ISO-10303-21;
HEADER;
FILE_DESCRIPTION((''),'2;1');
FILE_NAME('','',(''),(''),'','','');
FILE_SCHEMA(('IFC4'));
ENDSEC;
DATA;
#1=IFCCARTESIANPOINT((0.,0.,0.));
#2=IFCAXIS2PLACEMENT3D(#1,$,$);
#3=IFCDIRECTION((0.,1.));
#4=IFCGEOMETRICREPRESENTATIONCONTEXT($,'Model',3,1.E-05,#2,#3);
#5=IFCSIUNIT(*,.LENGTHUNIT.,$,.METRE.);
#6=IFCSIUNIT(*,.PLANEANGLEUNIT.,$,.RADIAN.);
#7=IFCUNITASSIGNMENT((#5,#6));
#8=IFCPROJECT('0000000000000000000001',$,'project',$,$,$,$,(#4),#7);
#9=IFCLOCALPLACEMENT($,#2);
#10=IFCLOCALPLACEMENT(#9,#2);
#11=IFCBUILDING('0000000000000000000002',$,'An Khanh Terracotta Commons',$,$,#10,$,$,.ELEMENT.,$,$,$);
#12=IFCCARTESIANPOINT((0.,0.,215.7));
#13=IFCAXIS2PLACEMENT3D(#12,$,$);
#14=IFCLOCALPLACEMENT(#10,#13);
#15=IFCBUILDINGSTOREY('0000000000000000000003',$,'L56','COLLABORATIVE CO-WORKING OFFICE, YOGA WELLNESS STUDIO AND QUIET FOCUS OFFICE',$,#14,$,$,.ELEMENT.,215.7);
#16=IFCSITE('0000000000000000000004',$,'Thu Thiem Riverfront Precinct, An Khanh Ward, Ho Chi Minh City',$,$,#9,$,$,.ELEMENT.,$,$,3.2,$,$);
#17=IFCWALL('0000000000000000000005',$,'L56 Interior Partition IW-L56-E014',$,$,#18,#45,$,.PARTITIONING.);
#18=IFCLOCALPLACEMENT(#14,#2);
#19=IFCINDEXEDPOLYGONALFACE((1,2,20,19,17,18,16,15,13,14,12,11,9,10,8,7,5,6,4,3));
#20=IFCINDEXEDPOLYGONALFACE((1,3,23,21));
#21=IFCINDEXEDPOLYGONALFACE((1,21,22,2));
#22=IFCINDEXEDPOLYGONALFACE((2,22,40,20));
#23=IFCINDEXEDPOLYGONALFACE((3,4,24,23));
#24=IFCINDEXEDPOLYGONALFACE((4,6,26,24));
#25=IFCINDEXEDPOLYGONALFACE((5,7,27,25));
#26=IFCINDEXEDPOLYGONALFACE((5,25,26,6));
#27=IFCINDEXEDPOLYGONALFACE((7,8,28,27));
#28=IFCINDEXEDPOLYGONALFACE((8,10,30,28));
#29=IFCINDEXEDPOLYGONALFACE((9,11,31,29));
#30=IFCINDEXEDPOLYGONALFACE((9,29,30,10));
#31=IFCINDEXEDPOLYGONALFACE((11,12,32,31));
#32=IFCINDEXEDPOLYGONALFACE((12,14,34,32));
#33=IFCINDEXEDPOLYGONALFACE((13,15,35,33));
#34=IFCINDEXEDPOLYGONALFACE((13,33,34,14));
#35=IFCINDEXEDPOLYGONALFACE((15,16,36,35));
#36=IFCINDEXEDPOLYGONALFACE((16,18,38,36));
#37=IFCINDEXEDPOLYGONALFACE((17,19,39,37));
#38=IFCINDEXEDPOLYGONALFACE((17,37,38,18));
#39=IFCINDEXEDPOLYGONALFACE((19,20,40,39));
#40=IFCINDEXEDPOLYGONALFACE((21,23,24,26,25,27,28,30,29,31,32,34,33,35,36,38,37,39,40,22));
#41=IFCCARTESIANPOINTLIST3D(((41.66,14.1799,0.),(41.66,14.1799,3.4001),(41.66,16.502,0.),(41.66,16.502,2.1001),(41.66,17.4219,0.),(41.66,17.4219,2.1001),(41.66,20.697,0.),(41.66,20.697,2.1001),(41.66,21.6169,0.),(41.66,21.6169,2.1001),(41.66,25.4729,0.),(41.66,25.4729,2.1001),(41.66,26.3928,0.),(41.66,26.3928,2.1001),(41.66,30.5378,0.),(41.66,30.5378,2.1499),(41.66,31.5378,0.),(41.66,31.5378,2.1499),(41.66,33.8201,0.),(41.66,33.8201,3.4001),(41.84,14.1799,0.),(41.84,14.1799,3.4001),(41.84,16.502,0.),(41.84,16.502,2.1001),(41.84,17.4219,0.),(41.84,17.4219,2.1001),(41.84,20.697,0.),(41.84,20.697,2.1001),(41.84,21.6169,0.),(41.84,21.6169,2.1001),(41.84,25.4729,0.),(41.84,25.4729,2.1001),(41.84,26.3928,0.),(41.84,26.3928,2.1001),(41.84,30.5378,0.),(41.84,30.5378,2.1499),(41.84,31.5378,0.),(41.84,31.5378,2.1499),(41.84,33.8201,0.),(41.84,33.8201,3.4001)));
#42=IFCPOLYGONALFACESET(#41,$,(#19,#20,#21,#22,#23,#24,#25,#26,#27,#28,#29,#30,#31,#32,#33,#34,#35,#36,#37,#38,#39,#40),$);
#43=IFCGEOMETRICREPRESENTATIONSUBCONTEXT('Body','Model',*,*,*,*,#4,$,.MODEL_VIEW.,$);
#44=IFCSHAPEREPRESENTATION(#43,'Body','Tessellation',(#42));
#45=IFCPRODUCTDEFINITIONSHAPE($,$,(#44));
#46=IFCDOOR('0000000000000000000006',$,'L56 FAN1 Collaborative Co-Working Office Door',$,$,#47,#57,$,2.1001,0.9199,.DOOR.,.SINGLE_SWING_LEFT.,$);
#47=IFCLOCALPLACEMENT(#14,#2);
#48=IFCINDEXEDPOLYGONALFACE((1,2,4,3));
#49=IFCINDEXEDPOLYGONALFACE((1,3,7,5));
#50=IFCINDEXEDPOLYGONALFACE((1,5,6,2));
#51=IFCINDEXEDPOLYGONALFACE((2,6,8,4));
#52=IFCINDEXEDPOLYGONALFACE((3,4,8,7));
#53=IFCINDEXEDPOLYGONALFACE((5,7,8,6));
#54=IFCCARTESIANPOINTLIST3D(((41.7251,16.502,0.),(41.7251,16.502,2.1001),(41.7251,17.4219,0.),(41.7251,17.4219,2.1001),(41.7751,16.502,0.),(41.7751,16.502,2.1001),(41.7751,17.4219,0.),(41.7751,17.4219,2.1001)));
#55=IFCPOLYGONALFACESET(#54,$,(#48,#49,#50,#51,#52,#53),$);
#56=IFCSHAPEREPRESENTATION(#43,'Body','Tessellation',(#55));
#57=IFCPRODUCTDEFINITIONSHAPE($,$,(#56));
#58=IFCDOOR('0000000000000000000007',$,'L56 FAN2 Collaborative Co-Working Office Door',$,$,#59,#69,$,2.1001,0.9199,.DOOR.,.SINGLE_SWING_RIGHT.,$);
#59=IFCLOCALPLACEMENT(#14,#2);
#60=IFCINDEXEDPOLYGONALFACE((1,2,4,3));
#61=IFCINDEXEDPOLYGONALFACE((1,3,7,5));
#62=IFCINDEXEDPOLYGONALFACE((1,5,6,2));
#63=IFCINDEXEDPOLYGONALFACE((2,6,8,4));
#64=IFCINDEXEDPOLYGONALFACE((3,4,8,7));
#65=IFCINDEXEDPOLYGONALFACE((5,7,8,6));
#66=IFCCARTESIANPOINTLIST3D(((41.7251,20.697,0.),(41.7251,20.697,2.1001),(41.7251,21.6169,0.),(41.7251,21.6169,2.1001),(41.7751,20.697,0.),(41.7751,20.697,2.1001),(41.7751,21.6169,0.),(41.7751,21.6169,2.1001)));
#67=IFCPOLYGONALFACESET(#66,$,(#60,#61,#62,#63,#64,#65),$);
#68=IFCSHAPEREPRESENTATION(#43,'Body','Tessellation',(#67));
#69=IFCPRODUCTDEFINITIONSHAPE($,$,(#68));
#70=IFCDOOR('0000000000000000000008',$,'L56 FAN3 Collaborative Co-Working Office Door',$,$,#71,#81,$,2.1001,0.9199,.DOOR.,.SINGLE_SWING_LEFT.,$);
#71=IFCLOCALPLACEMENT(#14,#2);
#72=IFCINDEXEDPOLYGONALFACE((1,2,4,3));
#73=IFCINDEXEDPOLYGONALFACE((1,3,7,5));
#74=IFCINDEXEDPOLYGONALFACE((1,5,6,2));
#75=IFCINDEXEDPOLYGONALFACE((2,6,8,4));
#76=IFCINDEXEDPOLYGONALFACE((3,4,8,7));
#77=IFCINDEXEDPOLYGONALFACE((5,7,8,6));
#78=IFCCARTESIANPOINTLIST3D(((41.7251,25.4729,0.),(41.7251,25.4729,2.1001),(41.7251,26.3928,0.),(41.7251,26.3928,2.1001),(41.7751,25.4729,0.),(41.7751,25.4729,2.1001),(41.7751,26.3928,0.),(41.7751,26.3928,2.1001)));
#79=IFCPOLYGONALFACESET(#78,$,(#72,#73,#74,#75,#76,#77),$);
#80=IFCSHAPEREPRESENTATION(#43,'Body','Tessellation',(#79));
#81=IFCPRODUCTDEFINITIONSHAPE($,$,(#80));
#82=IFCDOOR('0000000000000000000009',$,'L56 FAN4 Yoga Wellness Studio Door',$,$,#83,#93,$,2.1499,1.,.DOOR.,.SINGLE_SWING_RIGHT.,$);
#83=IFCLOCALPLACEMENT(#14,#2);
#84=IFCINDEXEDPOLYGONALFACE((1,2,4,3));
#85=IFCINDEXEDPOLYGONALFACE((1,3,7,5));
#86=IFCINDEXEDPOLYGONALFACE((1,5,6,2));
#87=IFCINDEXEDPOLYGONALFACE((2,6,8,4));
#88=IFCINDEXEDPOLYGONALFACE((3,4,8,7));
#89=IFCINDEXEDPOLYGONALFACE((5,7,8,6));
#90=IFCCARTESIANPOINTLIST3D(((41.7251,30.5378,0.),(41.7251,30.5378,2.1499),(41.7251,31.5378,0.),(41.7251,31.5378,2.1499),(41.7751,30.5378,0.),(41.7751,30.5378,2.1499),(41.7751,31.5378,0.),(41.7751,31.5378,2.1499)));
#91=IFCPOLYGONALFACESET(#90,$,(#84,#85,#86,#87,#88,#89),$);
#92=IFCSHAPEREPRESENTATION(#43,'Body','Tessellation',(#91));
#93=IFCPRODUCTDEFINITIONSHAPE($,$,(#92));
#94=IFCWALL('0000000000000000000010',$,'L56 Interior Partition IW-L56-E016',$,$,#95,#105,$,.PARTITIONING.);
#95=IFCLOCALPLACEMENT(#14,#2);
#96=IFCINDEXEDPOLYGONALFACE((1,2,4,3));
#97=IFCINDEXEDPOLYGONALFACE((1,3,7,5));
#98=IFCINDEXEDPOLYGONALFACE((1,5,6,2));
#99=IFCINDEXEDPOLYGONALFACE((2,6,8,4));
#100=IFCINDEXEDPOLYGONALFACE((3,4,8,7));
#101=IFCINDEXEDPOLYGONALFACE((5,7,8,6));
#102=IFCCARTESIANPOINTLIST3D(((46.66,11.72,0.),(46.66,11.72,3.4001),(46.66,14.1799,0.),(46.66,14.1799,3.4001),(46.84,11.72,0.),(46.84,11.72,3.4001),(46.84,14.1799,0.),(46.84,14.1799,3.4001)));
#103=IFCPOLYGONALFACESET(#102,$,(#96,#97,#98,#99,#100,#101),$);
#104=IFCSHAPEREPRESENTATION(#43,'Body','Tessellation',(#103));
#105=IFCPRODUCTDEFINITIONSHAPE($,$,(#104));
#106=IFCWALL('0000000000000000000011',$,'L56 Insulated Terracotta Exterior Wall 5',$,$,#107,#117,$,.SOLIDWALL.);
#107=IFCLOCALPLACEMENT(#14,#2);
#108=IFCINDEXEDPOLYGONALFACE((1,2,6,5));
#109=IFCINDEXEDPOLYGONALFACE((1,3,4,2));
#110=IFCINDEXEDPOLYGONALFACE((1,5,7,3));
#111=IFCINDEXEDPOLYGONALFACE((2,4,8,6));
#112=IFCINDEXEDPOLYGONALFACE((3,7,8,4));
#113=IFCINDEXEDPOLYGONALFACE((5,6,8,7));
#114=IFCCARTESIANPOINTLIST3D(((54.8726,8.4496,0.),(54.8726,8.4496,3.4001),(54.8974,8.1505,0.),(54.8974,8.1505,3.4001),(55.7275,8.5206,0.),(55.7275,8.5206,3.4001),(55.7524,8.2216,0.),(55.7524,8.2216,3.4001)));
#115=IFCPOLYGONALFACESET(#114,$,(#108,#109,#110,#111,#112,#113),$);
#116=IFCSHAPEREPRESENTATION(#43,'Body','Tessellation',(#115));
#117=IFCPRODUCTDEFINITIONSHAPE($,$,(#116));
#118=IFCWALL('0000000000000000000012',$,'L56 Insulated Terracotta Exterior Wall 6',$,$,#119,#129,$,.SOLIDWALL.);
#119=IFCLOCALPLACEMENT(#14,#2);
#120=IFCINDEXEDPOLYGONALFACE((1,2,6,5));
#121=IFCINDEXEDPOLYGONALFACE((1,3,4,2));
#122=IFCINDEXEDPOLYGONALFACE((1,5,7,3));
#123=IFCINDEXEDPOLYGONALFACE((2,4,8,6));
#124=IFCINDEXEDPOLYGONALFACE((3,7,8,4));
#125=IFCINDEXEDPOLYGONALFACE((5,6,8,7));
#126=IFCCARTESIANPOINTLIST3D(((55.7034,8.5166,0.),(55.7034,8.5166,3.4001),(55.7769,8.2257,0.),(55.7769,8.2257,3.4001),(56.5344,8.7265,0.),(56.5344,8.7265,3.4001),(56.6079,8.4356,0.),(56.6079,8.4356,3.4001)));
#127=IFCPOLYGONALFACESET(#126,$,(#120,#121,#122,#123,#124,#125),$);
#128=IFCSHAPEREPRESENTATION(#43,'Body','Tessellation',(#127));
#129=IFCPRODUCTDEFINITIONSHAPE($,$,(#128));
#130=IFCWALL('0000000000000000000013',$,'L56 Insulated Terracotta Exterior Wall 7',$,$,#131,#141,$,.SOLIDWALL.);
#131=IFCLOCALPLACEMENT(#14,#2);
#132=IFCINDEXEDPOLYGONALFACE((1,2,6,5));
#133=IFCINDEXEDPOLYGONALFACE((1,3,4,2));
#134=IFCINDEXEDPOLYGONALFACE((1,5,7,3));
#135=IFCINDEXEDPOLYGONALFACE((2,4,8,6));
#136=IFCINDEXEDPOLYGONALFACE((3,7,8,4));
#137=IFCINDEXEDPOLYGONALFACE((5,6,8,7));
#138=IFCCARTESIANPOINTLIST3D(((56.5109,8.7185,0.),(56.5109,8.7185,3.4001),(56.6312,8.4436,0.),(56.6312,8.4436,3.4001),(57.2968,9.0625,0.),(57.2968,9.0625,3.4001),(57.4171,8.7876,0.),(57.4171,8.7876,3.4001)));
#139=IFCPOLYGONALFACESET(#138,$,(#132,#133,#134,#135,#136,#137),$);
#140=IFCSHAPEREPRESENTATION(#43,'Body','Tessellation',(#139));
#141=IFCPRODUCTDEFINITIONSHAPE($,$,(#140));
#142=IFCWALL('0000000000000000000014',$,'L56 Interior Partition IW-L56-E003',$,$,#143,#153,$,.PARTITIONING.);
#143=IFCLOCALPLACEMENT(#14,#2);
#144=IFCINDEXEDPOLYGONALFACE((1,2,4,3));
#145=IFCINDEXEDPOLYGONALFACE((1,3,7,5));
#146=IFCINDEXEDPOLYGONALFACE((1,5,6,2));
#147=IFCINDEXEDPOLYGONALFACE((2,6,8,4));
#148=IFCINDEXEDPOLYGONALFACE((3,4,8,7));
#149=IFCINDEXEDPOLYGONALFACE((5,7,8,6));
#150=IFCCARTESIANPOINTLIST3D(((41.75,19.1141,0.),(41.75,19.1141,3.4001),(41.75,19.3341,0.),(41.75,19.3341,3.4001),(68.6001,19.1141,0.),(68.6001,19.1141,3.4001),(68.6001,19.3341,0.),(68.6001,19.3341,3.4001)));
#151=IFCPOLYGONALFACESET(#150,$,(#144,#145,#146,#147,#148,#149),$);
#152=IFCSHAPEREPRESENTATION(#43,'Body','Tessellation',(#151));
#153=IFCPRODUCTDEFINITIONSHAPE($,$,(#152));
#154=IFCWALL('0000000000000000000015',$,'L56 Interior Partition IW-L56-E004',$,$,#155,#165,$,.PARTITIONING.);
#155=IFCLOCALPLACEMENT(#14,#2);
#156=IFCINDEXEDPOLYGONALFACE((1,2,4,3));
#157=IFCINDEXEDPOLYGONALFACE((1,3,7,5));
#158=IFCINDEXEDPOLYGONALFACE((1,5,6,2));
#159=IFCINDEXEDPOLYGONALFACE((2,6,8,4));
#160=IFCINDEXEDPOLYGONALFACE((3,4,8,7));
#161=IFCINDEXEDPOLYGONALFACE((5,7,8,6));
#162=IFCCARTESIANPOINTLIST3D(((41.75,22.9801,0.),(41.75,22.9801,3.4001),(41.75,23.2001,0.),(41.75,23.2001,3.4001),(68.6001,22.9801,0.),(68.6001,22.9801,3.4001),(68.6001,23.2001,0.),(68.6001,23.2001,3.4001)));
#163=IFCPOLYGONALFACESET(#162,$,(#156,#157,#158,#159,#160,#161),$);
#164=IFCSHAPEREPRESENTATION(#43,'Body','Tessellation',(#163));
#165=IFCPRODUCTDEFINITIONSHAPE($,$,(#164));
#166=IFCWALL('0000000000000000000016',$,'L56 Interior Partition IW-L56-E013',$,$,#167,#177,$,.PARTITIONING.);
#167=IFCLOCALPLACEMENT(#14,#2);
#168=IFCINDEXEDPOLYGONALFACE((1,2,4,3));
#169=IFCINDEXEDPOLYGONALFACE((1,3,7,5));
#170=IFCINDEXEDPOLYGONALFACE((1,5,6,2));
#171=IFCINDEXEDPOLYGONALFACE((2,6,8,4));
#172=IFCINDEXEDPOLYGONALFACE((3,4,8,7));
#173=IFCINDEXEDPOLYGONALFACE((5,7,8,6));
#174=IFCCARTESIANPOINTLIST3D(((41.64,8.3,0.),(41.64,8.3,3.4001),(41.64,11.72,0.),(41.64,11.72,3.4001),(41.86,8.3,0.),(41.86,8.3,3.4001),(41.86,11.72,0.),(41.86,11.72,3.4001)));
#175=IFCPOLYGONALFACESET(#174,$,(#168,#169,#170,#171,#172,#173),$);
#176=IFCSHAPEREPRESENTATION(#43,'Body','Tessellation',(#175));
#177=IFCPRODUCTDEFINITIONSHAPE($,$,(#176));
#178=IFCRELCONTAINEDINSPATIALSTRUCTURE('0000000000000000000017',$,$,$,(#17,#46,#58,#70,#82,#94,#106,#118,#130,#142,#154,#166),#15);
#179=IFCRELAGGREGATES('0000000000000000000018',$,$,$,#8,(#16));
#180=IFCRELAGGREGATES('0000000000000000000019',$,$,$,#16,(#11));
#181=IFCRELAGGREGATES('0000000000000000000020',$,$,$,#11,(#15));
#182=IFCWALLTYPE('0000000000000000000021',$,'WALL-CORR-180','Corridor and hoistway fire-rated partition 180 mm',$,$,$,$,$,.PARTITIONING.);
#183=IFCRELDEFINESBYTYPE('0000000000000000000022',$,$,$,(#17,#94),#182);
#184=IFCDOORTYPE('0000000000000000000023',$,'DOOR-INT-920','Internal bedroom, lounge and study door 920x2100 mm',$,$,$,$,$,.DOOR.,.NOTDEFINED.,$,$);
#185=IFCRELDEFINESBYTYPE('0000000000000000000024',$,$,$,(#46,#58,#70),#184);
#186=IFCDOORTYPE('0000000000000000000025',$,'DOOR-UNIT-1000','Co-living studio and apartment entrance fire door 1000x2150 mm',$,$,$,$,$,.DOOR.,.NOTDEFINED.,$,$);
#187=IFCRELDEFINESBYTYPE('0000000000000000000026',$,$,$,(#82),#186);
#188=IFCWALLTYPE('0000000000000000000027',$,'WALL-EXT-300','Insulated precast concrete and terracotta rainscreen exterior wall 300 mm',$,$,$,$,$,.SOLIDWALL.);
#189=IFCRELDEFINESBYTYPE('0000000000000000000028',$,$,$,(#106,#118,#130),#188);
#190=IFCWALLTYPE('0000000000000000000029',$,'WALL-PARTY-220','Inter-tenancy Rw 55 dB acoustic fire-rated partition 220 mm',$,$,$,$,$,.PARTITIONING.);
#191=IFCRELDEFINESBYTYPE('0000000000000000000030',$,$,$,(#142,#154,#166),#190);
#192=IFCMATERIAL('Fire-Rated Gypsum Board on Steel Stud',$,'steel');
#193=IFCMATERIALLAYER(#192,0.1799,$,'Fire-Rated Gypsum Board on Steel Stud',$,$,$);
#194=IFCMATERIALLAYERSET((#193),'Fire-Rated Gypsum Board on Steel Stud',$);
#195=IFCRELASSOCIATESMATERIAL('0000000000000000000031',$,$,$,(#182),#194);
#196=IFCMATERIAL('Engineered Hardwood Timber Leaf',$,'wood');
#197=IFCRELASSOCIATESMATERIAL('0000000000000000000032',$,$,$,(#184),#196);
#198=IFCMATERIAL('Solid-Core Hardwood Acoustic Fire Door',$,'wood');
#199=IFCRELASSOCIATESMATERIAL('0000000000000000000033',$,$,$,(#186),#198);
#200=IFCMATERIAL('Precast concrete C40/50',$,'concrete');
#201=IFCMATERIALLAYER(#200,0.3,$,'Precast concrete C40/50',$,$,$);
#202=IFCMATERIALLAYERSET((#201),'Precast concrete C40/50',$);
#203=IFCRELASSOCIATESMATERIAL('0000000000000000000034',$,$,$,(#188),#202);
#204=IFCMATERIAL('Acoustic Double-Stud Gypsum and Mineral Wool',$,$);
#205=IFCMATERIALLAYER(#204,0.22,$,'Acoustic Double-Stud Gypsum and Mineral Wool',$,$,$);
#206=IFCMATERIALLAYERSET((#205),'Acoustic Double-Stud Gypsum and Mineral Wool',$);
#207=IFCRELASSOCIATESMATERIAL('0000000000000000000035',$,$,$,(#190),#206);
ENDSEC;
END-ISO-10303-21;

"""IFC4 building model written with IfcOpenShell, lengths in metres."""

from ifc_helpers import new_model, si_unit, direction, frame, frame_2d, origin, place, context, subcontext, project, spatial, rectangle, extrude, material, layer, layer_set, type_object, element, fill, save


model = new_model("IFC4")

# Units and contexts
model_context = context("Model", 3, precision=1e-05, world=origin(), true_north=direction((0.0, 1.0)))
body_context = subcontext(model_context, "Body", "Model", "MODEL_VIEW")
ifc_project = project(units=[si_unit("LENGTHUNIT", "METRE"), si_unit("PLANEANGLEUNIT", "RADIAN")], contexts=[model_context])

# Site, building, storey
site_placement = place(None, origin())
site = spatial("IfcSite", under=ifc_project, at=site_placement, Name="Thu Thiem Riverfront Precinct, An Khanh Ward, Ho Chi Minh City", CompositionType="ELEMENT", RefElevation=3.2)
building_placement = place(site_placement, origin())
building = spatial("IfcBuilding", under=site, at=building_placement, Name="An Khanh Terracotta Commons", CompositionType="ELEMENT")
storey_placement = place(building_placement, frame((0.0, 0.0, 215.7)))
storey = spatial("IfcBuildingStorey", under=building, at=storey_placement, Name="L56", Description="COLLABORATIVE CO-WORKING OFFICE, YOGA WELLNESS STUDIO AND QUIET FOCUS OFFICE", CompositionType="ELEMENT", Elevation=215.7)

# Shared definitions
ifc_material_1 = material(Name="Fire-Rated Gypsum Board on Steel Stud", Category="steel")
ifc_layer_1 = layer(ifc_material_1, 0.1799, Name="Fire-Rated Gypsum Board on Steel Stud")
ifc_layer_set_1 = layer_set([ifc_layer_1], Name="Fire-Rated Gypsum Board on Steel Stud")
wall_type_1 = type_object("IfcWallType", Name="WALL-CORR-180", Description="Corridor and hoistway fire-rated partition 180 mm", PredefinedType="PARTITIONING", material=ifc_layer_set_1)

# Wall, openings, doors
wall_1_placement = place(storey_placement, frame((41.75, 14.1799, 0.0), z_axis=(0.0, 0.0, 1.0), x_axis=(0.0, 1.0, 0.0)))
wall_1 = element("IfcWall", 1, at=wall_1_placement, inside=storey, type_object=wall_type_1, Name="L56 Interior Partition IW-L56-E014", PredefinedType="PARTITIONING", context=body_context, shape_type="SweptSolid", body=[
    extrude(rectangle(XDim=19.6401, YDim=0.1799, at=frame_2d((9.8201, 0.0))), origin(), (0.0, 0.0, 1.0), 3.4001),
])
opening_1_placement = place(wall_1_placement, frame((2.322, 0.0, 0.0)))
opening_1 = element("IfcOpeningElement", 2, at=opening_1_placement, cuts=wall_1, PredefinedType="OPENING", context=body_context, shape_type="SweptSolid", body=[
    extrude(rectangle(XDim=0.9199, YDim=2.1001, at=frame_2d((0.46, 1.05))), frame((0.0, 0.0999, 0.0), z_axis=(0.0, -1.0, 0.0), x_axis=(1.0, 0.0, 0.0)), (0.0, 0.0, 1.0), 0.2),
])
opening_2_placement = place(wall_1_placement, frame((6.5171, 0.0, 0.0)))
opening_2 = element("IfcOpeningElement", 3, at=opening_2_placement, cuts=wall_1, PredefinedType="OPENING", context=body_context, shape_type="SweptSolid", body=[
    extrude(rectangle(XDim=0.9199, YDim=2.1001, at=frame_2d((0.46, 1.05))), frame((0.0, 0.0999, 0.0), z_axis=(0.0, -1.0, 0.0), x_axis=(1.0, 0.0, 0.0)), (0.0, 0.0, 1.0), 0.2),
])
opening_3_placement = place(wall_1_placement, frame((11.293, 0.0, 0.0)))
opening_3 = element("IfcOpeningElement", 4, at=opening_3_placement, cuts=wall_1, PredefinedType="OPENING", context=body_context, shape_type="SweptSolid", body=[
    extrude(rectangle(XDim=0.9199, YDim=2.1001, at=frame_2d((0.46, 1.05))), frame((0.0, 0.0999, 0.0), z_axis=(0.0, -1.0, 0.0), x_axis=(1.0, 0.0, 0.0)), (0.0, 0.0, 1.0), 0.2),
])
opening_4_placement = place(wall_1_placement, frame((16.3579, 0.0, 0.0)))
opening_4 = element("IfcOpeningElement", 5, at=opening_4_placement, cuts=wall_1, PredefinedType="OPENING", context=body_context, shape_type="SweptSolid", body=[
    extrude(rectangle(XDim=1.0, YDim=2.1499, at=frame_2d((0.5, 1.075))), frame((0.0, 0.0999, 0.0), z_axis=(0.0, -1.0, 0.0), x_axis=(1.0, 0.0, 0.0)), (0.0, 0.0, 1.0), 0.2),
])
ifc_material_2 = material(Name="Engineered Hardwood Timber Leaf", Category="wood")
door_type_1 = type_object("IfcDoorType", Name="DOOR-INT-920", Description="Internal bedroom, lounge and study door 920x2100 mm", OperationType="NOTDEFINED", PredefinedType="DOOR", material=ifc_material_2)
door_1_placement = place(opening_1_placement, origin())
door_1 = element("IfcDoor", 6, at=door_1_placement, inside=storey, type_object=door_type_1, Name="L56 FAN1 Collaborative Co-Working Office Door", OperationType="SINGLE_SWING_LEFT", OverallHeight=2.1001, OverallWidth=0.9199, PredefinedType="DOOR", context=body_context, shape_type="SweptSolid", body=[
    extrude(rectangle(XDim=0.9199, YDim=2.1001, at=frame_2d((0.46, 1.05))), frame((0.0, 0.0249, 0.0), z_axis=(0.0, -1.0, 0.0), x_axis=(1.0, 0.0, 0.0)), (0.0, 0.0, 1.0), 0.05),
])
fill(opening_1, door_1)
door_2_placement = place(opening_2_placement, origin())
door_2 = element("IfcDoor", 7, at=door_2_placement, inside=storey, type_object=door_type_1, Name="L56 FAN2 Collaborative Co-Working Office Door", OperationType="SINGLE_SWING_RIGHT", OverallHeight=2.1001, OverallWidth=0.9199, PredefinedType="DOOR", context=body_context, shape_type="SweptSolid", body=[
    extrude(rectangle(XDim=0.9199, YDim=2.1001, at=frame_2d((0.46, 1.05))), frame((0.0, 0.0249, 0.0), z_axis=(0.0, -1.0, 0.0), x_axis=(1.0, 0.0, 0.0)), (0.0, 0.0, 1.0), 0.05),
])
fill(opening_2, door_2)
door_3_placement = place(opening_3_placement, origin())
door_3 = element("IfcDoor", 8, at=door_3_placement, inside=storey, type_object=door_type_1, Name="L56 FAN3 Collaborative Co-Working Office Door", OperationType="SINGLE_SWING_LEFT", OverallHeight=2.1001, OverallWidth=0.9199, PredefinedType="DOOR", context=body_context, shape_type="SweptSolid", body=[
    extrude(rectangle(XDim=0.9199, YDim=2.1001, at=frame_2d((0.46, 1.05))), frame((0.0, 0.0249, 0.0), z_axis=(0.0, -1.0, 0.0), x_axis=(1.0, 0.0, 0.0)), (0.0, 0.0, 1.0), 0.05),
])
fill(opening_3, door_3)
ifc_material_3 = material(Name="Solid-Core Hardwood Acoustic Fire Door", Category="wood")
door_type_2 = type_object("IfcDoorType", Name="DOOR-UNIT-1000", Description="Co-living studio and apartment entrance fire door 1000x2150 mm", OperationType="NOTDEFINED", PredefinedType="DOOR", material=ifc_material_3)
door_4_placement = place(opening_4_placement, origin())
door_4 = element("IfcDoor", 9, at=door_4_placement, inside=storey, type_object=door_type_2, Name="L56 FAN4 Yoga Wellness Studio Door", OperationType="SINGLE_SWING_RIGHT", OverallHeight=2.1499, OverallWidth=1.0, PredefinedType="DOOR", context=body_context, shape_type="SweptSolid", body=[
    extrude(rectangle(XDim=1.0, YDim=2.1499, at=frame_2d((0.5, 1.075))), frame((0.0, 0.0249, 0.0), z_axis=(0.0, -1.0, 0.0), x_axis=(1.0, 0.0, 0.0)), (0.0, 0.0, 1.0), 0.05),
])
fill(opening_4, door_4)

# Walls
wall_2_placement = place(storey_placement, frame((46.75, 11.72, 0.0), z_axis=(0.0, 0.0, 1.0), x_axis=(0.0, 1.0, 0.0)))
element("IfcWall", 10, at=wall_2_placement, inside=storey, type_object=wall_type_1, Name="L56 Interior Partition IW-L56-E016", PredefinedType="PARTITIONING", context=body_context, shape_type="SweptSolid", body=[
    extrude(rectangle(XDim=2.46, YDim=0.1799, at=frame_2d((1.23, 0.0))), origin(), (0.0, 0.0, 1.0), 3.4001),
])
ifc_material_4 = material(Name="Precast concrete C40/50", Category="concrete")
ifc_layer_2 = layer(ifc_material_4, 0.3, Name="Precast concrete C40/50")
ifc_layer_set_2 = layer_set([ifc_layer_2], Name="Precast concrete C40/50")
wall_type_2 = type_object("IfcWallType", Name="WALL-EXT-300", Description="Insulated precast concrete and terracotta rainscreen exterior wall 300 mm", PredefinedType="SOLIDWALL", material=ifc_layer_set_2)
wall_3_placement = place(storey_placement, frame((54.885, 8.3, 0.0), z_axis=(0.0, 0.0, 1.0), x_axis=(0.996565, 0.08281, 0.0)))
element("IfcWall", 11, at=wall_3_placement, inside=storey, type_object=wall_type_2, Name="L56 Insulated Terracotta Exterior Wall 5", PredefinedType="SOLIDWALL", context=body_context, shape_type="SweptSolid", body=[
    extrude(rectangle(XDim=0.8579, YDim=0.3, at=frame_2d((0.429, 0.0))), origin(), (0.0, 0.0, 1.0), 3.4001),
])
wall_4_placement = place(storey_placement, frame((55.74, 8.3711, 0.0), z_axis=(0.0, 0.0, 1.0), x_axis=(0.969536, 0.244947, 0.0)))
element("IfcWall", 12, at=wall_4_placement, inside=storey, type_object=wall_type_2, Name="L56 Insulated Terracotta Exterior Wall 6", PredefinedType="SOLIDWALL", context=body_context, shape_type="SweptSolid", body=[
    extrude(rectangle(XDim=0.8572, YDim=0.3, at=frame_2d((0.4287, 0.0))), origin(), (0.0, 0.0, 1.0), 3.4001),
])
wall_5_placement = place(storey_placement, frame((56.571, 8.5811, 0.0), z_axis=(0.0, 0.0, 1.0), x_axis=(0.916085, 0.400983, 0.0)))
element("IfcWall", 13, at=wall_5_placement, inside=storey, type_object=wall_type_2, Name="L56 Insulated Terracotta Exterior Wall 7", PredefinedType="SOLIDWALL", context=body_context, shape_type="SweptSolid", body=[
    extrude(rectangle(XDim=0.8579, YDim=0.3, at=frame_2d((0.429, 0.0))), origin(), (0.0, 0.0, 1.0), 3.4001),
])
ifc_material_5 = material(Name="Acoustic Double-Stud Gypsum and Mineral Wool")
ifc_layer_3 = layer(ifc_material_5, 0.22, Name="Acoustic Double-Stud Gypsum and Mineral Wool")
ifc_layer_set_3 = layer_set([ifc_layer_3], Name="Acoustic Double-Stud Gypsum and Mineral Wool")
wall_type_3 = type_object("IfcWallType", Name="WALL-PARTY-220", Description="Inter-tenancy Rw 55 dB acoustic fire-rated partition 220 mm", PredefinedType="PARTITIONING", material=ifc_layer_set_3)
for number, where, z_axis, x_axis, name in (
    (14, (41.75, 19.2241, 0.0), (0.0, 0.0, 1.0), (1.0, 0.0, 0.0), "L56 Interior Partition IW-L56-E003"),
    (15, (41.75, 23.0901, 0.0), (0.0, 0.0, 1.0), (1.0, 0.0, 0.0), "L56 Interior Partition IW-L56-E004"),
):
    element("IfcWall", number, at=place(storey_placement, frame(where, z_axis=z_axis, x_axis=x_axis)), inside=storey, type_object=wall_type_3, Name=name, PredefinedType="PARTITIONING", context=body_context, shape_type="SweptSolid", body=[
        extrude(rectangle(XDim=26.8501, YDim=0.22, at=frame_2d((13.425, 0.0))), origin(), (0.0, 0.0, 1.0), 3.4001),
    ])
wall_6_placement = place(storey_placement, frame((41.75, 8.3, 0.0), z_axis=(0.0, 0.0, 1.0), x_axis=(0.0, 1.0, 0.0)))
element("IfcWall", 16, at=wall_6_placement, inside=storey, type_object=wall_type_3, Name="L56 Interior Partition IW-L56-E013", PredefinedType="PARTITIONING", context=body_context, shape_type="SweptSolid", body=[
    extrude(rectangle(XDim=3.4199, YDim=0.22, at=frame_2d((1.71, 0.0))), origin(), (0.0, 0.0, 1.0), 3.4001),
])

save(model, "model.ifc")
